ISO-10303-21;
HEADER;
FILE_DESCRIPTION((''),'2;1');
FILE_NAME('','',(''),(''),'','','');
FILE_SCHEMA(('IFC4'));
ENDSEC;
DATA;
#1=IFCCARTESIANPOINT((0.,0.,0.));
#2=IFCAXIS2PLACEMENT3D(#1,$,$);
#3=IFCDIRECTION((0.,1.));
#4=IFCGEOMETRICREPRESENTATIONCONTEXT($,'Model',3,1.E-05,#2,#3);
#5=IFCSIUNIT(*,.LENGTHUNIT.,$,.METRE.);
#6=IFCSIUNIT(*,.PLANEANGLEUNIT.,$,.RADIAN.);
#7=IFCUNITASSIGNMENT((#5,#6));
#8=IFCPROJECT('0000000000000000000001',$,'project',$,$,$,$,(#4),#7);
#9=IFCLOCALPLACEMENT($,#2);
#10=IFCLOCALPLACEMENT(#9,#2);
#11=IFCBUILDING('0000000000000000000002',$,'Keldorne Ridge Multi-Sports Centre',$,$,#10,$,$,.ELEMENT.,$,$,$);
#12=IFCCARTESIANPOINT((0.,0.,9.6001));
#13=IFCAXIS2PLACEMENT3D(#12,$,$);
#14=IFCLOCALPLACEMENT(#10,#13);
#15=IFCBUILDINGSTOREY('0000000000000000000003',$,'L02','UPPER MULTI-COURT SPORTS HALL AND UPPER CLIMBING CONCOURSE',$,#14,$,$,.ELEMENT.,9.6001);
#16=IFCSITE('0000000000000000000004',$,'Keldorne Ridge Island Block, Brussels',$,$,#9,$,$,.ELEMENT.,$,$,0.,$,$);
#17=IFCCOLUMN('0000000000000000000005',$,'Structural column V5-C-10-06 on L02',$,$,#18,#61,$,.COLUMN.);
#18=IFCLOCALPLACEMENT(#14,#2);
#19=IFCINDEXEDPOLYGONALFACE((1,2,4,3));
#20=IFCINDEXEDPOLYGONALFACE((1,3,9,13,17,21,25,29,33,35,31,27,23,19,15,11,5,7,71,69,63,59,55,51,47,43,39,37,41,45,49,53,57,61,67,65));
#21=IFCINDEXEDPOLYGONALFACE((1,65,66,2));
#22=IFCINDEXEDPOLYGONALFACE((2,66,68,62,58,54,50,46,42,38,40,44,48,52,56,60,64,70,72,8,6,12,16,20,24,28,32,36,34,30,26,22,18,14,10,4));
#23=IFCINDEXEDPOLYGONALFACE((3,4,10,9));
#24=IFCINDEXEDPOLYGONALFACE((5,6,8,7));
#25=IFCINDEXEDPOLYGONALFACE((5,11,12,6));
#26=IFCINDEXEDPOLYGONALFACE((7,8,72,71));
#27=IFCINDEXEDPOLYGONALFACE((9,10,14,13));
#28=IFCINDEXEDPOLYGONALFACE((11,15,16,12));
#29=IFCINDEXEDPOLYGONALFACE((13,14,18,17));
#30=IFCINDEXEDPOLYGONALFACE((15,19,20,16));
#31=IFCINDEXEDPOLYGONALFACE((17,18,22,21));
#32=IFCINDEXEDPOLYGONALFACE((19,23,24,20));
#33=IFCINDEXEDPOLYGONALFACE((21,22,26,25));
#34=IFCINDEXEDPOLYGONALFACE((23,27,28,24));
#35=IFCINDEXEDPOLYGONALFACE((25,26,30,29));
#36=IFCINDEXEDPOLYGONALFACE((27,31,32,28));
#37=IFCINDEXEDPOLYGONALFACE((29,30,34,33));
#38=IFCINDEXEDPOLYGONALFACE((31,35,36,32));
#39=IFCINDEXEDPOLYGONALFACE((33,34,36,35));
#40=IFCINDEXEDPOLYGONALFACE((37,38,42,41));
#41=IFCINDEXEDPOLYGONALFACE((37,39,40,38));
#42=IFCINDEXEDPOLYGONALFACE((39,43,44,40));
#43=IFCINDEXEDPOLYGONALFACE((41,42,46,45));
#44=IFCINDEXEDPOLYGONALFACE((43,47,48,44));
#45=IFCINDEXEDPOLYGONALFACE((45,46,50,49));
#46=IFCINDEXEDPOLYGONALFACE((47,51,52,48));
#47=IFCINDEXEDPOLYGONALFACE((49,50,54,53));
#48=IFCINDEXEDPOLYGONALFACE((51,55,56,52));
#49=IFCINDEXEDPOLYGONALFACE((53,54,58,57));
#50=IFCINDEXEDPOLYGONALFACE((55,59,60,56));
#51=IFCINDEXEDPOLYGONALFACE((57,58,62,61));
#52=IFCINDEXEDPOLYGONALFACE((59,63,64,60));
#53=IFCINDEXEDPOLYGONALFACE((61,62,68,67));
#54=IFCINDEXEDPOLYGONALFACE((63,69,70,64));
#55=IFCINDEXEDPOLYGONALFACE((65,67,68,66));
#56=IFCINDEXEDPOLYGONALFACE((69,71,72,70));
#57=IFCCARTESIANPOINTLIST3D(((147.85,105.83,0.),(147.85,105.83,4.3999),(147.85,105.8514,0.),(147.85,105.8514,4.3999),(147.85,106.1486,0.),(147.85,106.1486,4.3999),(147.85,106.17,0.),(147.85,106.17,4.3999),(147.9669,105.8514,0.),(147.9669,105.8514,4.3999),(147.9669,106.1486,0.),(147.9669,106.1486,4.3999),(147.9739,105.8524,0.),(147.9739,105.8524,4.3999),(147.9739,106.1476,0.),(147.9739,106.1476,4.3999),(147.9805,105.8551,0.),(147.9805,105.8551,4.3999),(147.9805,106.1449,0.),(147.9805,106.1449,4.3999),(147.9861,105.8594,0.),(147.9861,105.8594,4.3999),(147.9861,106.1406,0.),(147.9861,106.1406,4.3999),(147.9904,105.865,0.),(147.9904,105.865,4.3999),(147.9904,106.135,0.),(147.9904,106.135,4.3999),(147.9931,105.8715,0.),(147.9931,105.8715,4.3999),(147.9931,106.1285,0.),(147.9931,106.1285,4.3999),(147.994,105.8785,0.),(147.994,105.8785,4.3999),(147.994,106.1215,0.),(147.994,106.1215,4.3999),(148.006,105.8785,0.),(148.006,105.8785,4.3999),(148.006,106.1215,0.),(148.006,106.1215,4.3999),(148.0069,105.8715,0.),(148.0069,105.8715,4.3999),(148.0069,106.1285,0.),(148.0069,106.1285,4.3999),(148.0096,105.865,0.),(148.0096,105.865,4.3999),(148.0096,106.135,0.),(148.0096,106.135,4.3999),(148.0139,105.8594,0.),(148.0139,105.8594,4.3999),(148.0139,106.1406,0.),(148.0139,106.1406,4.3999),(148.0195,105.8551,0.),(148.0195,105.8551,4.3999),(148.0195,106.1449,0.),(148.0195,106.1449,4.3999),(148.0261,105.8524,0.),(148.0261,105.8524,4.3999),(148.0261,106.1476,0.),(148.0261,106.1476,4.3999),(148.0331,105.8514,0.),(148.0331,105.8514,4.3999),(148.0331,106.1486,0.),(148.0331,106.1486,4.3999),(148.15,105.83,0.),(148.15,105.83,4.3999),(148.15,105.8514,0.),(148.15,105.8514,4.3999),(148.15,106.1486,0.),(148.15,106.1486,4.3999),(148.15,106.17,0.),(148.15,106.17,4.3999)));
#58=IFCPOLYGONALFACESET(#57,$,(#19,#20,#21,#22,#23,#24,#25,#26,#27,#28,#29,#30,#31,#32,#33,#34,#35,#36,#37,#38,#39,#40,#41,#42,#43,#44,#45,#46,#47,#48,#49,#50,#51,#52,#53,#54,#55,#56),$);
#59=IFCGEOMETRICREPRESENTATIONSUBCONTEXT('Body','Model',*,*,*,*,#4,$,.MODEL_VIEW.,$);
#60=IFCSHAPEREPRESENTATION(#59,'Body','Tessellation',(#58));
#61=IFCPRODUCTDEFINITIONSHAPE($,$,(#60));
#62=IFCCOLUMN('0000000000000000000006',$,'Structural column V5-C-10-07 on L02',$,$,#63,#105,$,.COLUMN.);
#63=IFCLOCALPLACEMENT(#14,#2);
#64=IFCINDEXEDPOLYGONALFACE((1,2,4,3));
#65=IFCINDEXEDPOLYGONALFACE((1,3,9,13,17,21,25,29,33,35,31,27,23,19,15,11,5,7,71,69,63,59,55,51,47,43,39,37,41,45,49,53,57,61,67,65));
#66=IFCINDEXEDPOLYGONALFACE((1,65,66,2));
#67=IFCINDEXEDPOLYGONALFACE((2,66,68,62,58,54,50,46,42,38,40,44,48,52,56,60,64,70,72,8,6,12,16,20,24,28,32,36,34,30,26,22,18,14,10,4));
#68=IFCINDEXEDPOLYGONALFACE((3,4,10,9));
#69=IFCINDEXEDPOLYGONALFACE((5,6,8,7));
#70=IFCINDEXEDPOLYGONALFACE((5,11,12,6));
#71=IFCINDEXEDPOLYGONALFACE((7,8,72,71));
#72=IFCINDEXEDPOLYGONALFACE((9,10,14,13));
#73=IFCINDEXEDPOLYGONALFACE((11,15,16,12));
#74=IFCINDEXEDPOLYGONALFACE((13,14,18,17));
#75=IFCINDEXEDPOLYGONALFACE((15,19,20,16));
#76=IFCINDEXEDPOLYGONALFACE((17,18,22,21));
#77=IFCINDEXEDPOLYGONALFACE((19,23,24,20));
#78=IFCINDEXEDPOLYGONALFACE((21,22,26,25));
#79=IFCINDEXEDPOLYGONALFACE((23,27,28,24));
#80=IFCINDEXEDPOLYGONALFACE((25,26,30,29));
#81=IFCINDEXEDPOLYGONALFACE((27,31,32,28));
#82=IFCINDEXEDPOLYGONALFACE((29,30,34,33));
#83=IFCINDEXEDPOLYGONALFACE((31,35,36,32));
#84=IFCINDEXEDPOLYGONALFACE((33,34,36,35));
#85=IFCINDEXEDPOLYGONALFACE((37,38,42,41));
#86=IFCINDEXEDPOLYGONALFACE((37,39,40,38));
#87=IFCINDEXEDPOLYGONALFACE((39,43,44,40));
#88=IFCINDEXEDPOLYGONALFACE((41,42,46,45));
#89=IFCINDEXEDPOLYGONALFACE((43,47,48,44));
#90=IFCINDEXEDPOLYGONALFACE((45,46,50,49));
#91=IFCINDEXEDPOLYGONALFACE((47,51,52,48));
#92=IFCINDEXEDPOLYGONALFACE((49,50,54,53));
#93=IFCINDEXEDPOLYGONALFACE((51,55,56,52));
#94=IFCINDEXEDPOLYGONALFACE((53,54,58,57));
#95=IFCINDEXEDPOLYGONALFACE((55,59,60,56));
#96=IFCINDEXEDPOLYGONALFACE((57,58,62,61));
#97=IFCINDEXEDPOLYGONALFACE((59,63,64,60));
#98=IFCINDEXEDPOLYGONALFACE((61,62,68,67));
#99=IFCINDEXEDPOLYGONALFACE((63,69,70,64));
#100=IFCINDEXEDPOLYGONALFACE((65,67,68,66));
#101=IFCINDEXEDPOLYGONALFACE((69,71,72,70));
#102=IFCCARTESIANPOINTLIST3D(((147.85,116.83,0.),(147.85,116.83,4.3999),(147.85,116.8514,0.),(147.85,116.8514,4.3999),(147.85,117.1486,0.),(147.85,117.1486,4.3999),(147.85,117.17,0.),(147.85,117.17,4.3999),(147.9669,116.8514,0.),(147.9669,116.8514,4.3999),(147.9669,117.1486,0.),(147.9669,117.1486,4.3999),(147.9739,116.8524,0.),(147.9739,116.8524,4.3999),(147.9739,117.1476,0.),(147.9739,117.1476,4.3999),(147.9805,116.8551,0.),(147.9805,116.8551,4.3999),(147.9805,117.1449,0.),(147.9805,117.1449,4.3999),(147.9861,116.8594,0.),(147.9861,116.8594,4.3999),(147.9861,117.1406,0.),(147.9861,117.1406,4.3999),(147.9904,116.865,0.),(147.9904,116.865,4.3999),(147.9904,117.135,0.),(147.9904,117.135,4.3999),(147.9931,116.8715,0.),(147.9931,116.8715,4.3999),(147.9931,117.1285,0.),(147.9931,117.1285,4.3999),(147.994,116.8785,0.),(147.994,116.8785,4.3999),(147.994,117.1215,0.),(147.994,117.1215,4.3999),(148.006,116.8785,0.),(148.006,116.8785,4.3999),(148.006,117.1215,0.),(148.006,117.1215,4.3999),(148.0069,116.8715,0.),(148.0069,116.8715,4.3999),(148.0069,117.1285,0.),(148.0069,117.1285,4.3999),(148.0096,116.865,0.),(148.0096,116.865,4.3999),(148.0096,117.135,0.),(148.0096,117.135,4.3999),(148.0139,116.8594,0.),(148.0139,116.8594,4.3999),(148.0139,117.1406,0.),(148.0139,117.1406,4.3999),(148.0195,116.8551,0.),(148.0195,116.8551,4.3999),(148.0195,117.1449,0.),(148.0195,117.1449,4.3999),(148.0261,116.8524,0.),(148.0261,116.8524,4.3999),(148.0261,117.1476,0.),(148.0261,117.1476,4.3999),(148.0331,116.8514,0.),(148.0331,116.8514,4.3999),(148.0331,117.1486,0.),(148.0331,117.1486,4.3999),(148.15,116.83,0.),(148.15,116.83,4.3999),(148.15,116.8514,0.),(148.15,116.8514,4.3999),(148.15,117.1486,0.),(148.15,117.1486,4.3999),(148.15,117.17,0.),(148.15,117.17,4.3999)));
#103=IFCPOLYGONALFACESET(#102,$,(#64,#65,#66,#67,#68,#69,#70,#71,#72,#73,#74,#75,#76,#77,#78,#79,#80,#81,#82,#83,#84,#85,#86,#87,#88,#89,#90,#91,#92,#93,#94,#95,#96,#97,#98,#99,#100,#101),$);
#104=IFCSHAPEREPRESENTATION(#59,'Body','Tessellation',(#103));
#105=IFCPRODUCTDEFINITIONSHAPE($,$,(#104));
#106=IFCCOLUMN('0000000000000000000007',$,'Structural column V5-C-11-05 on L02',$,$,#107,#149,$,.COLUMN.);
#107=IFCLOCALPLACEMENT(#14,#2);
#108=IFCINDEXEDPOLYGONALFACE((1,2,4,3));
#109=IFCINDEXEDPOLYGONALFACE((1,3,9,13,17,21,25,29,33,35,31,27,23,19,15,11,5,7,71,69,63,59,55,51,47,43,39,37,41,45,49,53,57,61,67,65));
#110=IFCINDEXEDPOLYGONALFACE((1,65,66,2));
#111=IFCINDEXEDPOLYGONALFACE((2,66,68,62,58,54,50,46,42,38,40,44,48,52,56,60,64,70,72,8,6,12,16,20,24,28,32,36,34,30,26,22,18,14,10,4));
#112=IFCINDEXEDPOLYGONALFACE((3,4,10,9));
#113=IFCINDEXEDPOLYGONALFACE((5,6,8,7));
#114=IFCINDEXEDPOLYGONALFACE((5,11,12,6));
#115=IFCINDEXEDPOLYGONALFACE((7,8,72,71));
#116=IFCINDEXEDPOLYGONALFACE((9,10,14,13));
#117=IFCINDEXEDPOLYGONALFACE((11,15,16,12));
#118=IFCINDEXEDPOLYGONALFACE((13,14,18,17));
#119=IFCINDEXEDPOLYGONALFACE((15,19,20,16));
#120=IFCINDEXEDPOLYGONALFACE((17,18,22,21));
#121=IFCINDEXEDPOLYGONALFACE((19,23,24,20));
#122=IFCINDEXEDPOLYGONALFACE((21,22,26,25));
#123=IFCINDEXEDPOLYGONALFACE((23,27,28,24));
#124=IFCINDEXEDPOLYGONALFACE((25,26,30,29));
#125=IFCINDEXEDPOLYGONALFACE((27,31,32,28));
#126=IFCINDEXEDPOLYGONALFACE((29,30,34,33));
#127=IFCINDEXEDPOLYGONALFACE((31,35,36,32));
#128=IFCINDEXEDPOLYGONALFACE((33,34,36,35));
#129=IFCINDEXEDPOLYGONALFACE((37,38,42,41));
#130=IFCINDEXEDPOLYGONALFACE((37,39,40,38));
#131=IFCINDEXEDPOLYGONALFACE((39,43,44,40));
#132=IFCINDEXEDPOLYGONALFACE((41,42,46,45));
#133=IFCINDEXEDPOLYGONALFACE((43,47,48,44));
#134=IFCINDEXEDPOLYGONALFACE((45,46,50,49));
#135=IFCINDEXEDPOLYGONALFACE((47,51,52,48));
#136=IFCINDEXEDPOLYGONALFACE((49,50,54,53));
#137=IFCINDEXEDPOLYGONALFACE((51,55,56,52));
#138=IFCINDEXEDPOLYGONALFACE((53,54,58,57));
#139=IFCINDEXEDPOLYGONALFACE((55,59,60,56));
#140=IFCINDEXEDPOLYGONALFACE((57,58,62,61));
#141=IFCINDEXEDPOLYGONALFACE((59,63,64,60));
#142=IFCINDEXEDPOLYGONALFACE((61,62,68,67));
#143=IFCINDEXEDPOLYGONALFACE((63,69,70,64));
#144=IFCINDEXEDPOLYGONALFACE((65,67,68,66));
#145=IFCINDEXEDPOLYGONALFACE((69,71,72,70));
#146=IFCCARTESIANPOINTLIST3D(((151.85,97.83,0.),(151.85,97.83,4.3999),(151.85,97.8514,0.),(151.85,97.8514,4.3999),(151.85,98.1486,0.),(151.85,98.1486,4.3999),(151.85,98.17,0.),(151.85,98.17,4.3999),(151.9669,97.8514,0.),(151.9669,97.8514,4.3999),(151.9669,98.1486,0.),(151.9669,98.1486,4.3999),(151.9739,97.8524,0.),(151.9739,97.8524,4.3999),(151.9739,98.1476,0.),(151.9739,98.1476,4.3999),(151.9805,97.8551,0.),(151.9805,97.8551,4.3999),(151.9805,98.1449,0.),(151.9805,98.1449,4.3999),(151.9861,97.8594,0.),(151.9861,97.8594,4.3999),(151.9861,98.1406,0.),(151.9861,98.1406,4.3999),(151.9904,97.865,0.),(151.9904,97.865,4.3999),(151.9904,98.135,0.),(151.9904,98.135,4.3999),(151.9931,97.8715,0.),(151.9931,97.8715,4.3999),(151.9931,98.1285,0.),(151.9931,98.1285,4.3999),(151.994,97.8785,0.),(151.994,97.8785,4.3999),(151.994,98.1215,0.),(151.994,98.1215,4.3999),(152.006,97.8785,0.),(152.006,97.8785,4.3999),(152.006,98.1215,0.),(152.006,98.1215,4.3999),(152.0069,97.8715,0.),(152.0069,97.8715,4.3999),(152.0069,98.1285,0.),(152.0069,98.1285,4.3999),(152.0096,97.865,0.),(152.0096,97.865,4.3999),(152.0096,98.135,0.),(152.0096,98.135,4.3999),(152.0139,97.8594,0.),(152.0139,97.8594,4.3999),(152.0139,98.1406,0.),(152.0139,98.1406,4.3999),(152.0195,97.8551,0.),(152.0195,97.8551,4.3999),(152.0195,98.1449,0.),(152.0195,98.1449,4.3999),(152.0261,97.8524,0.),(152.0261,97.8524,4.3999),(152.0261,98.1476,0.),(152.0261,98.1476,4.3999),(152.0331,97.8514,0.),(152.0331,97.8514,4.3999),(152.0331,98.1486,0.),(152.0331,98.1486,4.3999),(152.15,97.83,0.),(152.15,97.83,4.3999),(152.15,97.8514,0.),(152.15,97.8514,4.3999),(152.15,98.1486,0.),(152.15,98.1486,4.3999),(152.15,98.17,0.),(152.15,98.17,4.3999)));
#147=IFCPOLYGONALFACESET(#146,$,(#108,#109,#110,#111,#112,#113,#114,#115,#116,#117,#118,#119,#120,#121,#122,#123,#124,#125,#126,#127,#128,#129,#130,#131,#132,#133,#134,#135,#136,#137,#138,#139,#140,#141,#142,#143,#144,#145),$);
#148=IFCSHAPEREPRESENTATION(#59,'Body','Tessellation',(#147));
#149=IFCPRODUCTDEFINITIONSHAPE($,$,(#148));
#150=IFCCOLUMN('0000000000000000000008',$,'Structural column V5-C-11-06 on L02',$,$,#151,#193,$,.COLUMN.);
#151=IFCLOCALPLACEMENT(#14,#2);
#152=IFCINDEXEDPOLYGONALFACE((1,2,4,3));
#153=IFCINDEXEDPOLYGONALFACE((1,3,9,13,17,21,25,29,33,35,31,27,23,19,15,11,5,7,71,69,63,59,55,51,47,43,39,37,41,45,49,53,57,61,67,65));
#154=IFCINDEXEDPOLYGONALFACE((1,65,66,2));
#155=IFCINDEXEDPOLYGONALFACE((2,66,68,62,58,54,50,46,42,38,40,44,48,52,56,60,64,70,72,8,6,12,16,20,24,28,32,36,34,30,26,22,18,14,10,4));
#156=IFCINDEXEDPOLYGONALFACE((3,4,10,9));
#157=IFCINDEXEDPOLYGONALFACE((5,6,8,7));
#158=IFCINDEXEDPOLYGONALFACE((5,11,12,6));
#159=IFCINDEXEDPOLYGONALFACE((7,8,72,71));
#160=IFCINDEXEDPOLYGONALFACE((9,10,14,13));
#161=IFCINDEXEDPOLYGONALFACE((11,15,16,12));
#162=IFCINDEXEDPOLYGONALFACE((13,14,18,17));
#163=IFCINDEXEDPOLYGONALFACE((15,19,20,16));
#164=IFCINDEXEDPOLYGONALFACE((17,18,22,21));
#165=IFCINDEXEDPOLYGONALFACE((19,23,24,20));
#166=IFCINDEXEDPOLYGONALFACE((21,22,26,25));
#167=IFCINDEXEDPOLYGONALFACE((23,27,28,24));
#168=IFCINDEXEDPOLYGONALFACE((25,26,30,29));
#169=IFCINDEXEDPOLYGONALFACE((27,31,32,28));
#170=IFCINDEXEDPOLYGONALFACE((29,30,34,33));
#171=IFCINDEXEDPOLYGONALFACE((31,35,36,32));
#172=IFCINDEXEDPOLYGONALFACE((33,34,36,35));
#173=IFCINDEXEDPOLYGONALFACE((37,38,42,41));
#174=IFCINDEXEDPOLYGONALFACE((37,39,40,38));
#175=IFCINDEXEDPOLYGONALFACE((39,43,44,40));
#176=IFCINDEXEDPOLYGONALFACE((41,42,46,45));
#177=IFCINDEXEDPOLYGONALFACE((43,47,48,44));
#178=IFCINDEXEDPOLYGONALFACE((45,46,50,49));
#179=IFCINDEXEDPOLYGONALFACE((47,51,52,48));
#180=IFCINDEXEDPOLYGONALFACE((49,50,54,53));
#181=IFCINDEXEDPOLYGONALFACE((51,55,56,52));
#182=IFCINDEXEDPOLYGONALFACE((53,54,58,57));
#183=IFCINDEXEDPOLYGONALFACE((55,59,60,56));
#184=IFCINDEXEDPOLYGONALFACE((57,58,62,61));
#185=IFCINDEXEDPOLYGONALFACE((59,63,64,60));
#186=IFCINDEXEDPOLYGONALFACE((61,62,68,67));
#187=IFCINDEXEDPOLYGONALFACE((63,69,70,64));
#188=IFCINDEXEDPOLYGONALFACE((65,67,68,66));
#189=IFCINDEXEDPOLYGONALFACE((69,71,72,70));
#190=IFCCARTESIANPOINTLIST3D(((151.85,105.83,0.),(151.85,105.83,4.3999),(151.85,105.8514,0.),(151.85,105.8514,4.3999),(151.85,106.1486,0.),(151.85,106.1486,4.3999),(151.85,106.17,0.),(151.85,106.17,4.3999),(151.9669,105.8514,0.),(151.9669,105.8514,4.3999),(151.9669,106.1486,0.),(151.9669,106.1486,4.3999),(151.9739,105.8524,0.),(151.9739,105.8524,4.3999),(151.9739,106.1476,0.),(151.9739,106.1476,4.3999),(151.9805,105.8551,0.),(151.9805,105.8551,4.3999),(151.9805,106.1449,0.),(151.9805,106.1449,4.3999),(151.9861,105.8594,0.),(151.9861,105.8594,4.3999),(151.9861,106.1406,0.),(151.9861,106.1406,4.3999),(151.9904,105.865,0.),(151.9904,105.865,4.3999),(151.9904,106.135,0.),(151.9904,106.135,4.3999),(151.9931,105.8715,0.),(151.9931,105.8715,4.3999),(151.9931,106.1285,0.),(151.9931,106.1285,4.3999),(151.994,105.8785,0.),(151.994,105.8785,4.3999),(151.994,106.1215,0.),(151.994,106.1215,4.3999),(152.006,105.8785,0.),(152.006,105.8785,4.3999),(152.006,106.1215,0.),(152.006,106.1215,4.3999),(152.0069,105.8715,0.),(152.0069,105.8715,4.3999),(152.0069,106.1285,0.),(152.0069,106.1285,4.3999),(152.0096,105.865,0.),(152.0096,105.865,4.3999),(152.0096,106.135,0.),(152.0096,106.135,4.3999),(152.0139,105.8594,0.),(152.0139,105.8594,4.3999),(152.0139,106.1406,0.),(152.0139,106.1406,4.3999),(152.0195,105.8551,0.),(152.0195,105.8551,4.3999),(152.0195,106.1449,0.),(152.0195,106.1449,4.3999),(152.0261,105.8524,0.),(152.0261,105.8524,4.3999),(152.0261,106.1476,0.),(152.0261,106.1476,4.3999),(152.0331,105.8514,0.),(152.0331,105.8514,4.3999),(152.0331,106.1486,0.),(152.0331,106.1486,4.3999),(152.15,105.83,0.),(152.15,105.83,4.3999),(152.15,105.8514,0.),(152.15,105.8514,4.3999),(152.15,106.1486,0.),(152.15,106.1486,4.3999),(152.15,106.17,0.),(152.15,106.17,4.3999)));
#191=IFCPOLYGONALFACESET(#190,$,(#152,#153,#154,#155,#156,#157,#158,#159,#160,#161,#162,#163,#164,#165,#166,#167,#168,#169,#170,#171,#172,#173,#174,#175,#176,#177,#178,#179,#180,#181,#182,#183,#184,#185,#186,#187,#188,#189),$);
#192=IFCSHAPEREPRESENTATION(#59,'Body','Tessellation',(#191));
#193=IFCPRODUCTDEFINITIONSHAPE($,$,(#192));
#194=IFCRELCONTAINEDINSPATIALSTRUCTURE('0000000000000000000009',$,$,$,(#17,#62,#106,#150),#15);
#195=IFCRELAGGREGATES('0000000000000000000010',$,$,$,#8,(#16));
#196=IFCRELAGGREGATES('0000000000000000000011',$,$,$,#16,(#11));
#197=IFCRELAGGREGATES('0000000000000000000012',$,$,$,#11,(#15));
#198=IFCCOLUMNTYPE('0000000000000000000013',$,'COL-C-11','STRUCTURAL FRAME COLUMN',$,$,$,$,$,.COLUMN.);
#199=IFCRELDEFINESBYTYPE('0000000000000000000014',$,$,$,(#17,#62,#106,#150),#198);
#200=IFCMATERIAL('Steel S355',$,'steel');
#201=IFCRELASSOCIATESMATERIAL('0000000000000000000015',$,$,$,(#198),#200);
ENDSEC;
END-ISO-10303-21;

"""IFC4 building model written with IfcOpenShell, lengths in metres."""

from ifc_helpers import new_model, si_unit, direction, frame, origin, origin_2d, place, context, subcontext, project, spatial, i_section, extrude, material, material_profile, profile_set, type_object, element, save


model = new_model("IFC4")

# Units and contexts
model_context = context("Model", 3, precision=1e-05, world=origin(), true_north=direction((0.0, 1.0)))
body_context = subcontext(model_context, "Body", "Model", "MODEL_VIEW")
ifc_project = project(units=[si_unit("LENGTHUNIT", "METRE"), si_unit("PLANEANGLEUNIT", "RADIAN")], contexts=[model_context])

# Site, building, storey
site_placement = place(None, origin())
site = spatial("IfcSite", under=ifc_project, at=site_placement, Name="Keldorne Ridge Island Block, Brussels", CompositionType="ELEMENT", RefElevation=0.0)
building_placement = place(site_placement, origin())
building = spatial("IfcBuilding", under=site, at=building_placement, Name="Keldorne Ridge Multi-Sports Centre", CompositionType="ELEMENT")
storey_placement = place(building_placement, frame((0.0, 0.0, 9.6001)))
storey = spatial("IfcBuildingStorey", under=building, at=storey_placement, Name="L02", Description="UPPER MULTI-COURT SPORTS HALL AND UPPER CLIMBING CONCOURSE", CompositionType="ELEMENT", Elevation=9.6001)

# Columns
ifc_material_1 = material(Name="Steel S355", Category="steel")
ifc_material_profile_1 = material_profile(ifc_material_1, i_section(OverallWidth=0.3, OverallDepth=0.3401, WebThickness=0.012, FlangeThickness=0.0215, FilletRadius=0.0271, at=origin_2d()), Name="HEB 340")
ifc_profile_set_1 = profile_set([ifc_material_profile_1], Name="Steel S355")
column_type = type_object("IfcColumnType", Name="COL-C-11", Description="STRUCTURAL FRAME COLUMN", PredefinedType="COLUMN", material=ifc_profile_set_1)
for number, where, z_axis, x_axis, name in (
    (1, (148.0, 106.0, 0.0), (0.0, 0.0, 1.0), (1.0, 0.0, 0.0), "Structural column V5-C-10-06 on L02"),
    (2, (148.0, 117.0, 0.0), (0.0, 0.0, 1.0), (1.0, 0.0, 0.0), "Structural column V5-C-10-07 on L02"),
    (3, (152.0, 98.0, 0.0), (0.0, 0.0, 1.0), (1.0, 0.0, 0.0), "Structural column V5-C-11-05 on L02"),
    (4, (152.0, 106.0, 0.0), (0.0, 0.0, 1.0), (1.0, 0.0, 0.0), "Structural column V5-C-11-06 on L02"),
):
    element("IfcColumn", number, at=place(storey_placement, frame(where, z_axis=z_axis, x_axis=x_axis)), inside=storey, type_object=column_type, Name=name, PredefinedType="COLUMN", context=body_context, shape_type="SweptSolid", body=[
        extrude(i_section(OverallWidth=0.3, OverallDepth=0.3401, WebThickness=0.012, FlangeThickness=0.0215, FilletRadius=0.0271, at=origin_2d()), origin(), (0.0, 0.0, 1.0), 4.3999),
    ])

save(model, "model.ifc")
